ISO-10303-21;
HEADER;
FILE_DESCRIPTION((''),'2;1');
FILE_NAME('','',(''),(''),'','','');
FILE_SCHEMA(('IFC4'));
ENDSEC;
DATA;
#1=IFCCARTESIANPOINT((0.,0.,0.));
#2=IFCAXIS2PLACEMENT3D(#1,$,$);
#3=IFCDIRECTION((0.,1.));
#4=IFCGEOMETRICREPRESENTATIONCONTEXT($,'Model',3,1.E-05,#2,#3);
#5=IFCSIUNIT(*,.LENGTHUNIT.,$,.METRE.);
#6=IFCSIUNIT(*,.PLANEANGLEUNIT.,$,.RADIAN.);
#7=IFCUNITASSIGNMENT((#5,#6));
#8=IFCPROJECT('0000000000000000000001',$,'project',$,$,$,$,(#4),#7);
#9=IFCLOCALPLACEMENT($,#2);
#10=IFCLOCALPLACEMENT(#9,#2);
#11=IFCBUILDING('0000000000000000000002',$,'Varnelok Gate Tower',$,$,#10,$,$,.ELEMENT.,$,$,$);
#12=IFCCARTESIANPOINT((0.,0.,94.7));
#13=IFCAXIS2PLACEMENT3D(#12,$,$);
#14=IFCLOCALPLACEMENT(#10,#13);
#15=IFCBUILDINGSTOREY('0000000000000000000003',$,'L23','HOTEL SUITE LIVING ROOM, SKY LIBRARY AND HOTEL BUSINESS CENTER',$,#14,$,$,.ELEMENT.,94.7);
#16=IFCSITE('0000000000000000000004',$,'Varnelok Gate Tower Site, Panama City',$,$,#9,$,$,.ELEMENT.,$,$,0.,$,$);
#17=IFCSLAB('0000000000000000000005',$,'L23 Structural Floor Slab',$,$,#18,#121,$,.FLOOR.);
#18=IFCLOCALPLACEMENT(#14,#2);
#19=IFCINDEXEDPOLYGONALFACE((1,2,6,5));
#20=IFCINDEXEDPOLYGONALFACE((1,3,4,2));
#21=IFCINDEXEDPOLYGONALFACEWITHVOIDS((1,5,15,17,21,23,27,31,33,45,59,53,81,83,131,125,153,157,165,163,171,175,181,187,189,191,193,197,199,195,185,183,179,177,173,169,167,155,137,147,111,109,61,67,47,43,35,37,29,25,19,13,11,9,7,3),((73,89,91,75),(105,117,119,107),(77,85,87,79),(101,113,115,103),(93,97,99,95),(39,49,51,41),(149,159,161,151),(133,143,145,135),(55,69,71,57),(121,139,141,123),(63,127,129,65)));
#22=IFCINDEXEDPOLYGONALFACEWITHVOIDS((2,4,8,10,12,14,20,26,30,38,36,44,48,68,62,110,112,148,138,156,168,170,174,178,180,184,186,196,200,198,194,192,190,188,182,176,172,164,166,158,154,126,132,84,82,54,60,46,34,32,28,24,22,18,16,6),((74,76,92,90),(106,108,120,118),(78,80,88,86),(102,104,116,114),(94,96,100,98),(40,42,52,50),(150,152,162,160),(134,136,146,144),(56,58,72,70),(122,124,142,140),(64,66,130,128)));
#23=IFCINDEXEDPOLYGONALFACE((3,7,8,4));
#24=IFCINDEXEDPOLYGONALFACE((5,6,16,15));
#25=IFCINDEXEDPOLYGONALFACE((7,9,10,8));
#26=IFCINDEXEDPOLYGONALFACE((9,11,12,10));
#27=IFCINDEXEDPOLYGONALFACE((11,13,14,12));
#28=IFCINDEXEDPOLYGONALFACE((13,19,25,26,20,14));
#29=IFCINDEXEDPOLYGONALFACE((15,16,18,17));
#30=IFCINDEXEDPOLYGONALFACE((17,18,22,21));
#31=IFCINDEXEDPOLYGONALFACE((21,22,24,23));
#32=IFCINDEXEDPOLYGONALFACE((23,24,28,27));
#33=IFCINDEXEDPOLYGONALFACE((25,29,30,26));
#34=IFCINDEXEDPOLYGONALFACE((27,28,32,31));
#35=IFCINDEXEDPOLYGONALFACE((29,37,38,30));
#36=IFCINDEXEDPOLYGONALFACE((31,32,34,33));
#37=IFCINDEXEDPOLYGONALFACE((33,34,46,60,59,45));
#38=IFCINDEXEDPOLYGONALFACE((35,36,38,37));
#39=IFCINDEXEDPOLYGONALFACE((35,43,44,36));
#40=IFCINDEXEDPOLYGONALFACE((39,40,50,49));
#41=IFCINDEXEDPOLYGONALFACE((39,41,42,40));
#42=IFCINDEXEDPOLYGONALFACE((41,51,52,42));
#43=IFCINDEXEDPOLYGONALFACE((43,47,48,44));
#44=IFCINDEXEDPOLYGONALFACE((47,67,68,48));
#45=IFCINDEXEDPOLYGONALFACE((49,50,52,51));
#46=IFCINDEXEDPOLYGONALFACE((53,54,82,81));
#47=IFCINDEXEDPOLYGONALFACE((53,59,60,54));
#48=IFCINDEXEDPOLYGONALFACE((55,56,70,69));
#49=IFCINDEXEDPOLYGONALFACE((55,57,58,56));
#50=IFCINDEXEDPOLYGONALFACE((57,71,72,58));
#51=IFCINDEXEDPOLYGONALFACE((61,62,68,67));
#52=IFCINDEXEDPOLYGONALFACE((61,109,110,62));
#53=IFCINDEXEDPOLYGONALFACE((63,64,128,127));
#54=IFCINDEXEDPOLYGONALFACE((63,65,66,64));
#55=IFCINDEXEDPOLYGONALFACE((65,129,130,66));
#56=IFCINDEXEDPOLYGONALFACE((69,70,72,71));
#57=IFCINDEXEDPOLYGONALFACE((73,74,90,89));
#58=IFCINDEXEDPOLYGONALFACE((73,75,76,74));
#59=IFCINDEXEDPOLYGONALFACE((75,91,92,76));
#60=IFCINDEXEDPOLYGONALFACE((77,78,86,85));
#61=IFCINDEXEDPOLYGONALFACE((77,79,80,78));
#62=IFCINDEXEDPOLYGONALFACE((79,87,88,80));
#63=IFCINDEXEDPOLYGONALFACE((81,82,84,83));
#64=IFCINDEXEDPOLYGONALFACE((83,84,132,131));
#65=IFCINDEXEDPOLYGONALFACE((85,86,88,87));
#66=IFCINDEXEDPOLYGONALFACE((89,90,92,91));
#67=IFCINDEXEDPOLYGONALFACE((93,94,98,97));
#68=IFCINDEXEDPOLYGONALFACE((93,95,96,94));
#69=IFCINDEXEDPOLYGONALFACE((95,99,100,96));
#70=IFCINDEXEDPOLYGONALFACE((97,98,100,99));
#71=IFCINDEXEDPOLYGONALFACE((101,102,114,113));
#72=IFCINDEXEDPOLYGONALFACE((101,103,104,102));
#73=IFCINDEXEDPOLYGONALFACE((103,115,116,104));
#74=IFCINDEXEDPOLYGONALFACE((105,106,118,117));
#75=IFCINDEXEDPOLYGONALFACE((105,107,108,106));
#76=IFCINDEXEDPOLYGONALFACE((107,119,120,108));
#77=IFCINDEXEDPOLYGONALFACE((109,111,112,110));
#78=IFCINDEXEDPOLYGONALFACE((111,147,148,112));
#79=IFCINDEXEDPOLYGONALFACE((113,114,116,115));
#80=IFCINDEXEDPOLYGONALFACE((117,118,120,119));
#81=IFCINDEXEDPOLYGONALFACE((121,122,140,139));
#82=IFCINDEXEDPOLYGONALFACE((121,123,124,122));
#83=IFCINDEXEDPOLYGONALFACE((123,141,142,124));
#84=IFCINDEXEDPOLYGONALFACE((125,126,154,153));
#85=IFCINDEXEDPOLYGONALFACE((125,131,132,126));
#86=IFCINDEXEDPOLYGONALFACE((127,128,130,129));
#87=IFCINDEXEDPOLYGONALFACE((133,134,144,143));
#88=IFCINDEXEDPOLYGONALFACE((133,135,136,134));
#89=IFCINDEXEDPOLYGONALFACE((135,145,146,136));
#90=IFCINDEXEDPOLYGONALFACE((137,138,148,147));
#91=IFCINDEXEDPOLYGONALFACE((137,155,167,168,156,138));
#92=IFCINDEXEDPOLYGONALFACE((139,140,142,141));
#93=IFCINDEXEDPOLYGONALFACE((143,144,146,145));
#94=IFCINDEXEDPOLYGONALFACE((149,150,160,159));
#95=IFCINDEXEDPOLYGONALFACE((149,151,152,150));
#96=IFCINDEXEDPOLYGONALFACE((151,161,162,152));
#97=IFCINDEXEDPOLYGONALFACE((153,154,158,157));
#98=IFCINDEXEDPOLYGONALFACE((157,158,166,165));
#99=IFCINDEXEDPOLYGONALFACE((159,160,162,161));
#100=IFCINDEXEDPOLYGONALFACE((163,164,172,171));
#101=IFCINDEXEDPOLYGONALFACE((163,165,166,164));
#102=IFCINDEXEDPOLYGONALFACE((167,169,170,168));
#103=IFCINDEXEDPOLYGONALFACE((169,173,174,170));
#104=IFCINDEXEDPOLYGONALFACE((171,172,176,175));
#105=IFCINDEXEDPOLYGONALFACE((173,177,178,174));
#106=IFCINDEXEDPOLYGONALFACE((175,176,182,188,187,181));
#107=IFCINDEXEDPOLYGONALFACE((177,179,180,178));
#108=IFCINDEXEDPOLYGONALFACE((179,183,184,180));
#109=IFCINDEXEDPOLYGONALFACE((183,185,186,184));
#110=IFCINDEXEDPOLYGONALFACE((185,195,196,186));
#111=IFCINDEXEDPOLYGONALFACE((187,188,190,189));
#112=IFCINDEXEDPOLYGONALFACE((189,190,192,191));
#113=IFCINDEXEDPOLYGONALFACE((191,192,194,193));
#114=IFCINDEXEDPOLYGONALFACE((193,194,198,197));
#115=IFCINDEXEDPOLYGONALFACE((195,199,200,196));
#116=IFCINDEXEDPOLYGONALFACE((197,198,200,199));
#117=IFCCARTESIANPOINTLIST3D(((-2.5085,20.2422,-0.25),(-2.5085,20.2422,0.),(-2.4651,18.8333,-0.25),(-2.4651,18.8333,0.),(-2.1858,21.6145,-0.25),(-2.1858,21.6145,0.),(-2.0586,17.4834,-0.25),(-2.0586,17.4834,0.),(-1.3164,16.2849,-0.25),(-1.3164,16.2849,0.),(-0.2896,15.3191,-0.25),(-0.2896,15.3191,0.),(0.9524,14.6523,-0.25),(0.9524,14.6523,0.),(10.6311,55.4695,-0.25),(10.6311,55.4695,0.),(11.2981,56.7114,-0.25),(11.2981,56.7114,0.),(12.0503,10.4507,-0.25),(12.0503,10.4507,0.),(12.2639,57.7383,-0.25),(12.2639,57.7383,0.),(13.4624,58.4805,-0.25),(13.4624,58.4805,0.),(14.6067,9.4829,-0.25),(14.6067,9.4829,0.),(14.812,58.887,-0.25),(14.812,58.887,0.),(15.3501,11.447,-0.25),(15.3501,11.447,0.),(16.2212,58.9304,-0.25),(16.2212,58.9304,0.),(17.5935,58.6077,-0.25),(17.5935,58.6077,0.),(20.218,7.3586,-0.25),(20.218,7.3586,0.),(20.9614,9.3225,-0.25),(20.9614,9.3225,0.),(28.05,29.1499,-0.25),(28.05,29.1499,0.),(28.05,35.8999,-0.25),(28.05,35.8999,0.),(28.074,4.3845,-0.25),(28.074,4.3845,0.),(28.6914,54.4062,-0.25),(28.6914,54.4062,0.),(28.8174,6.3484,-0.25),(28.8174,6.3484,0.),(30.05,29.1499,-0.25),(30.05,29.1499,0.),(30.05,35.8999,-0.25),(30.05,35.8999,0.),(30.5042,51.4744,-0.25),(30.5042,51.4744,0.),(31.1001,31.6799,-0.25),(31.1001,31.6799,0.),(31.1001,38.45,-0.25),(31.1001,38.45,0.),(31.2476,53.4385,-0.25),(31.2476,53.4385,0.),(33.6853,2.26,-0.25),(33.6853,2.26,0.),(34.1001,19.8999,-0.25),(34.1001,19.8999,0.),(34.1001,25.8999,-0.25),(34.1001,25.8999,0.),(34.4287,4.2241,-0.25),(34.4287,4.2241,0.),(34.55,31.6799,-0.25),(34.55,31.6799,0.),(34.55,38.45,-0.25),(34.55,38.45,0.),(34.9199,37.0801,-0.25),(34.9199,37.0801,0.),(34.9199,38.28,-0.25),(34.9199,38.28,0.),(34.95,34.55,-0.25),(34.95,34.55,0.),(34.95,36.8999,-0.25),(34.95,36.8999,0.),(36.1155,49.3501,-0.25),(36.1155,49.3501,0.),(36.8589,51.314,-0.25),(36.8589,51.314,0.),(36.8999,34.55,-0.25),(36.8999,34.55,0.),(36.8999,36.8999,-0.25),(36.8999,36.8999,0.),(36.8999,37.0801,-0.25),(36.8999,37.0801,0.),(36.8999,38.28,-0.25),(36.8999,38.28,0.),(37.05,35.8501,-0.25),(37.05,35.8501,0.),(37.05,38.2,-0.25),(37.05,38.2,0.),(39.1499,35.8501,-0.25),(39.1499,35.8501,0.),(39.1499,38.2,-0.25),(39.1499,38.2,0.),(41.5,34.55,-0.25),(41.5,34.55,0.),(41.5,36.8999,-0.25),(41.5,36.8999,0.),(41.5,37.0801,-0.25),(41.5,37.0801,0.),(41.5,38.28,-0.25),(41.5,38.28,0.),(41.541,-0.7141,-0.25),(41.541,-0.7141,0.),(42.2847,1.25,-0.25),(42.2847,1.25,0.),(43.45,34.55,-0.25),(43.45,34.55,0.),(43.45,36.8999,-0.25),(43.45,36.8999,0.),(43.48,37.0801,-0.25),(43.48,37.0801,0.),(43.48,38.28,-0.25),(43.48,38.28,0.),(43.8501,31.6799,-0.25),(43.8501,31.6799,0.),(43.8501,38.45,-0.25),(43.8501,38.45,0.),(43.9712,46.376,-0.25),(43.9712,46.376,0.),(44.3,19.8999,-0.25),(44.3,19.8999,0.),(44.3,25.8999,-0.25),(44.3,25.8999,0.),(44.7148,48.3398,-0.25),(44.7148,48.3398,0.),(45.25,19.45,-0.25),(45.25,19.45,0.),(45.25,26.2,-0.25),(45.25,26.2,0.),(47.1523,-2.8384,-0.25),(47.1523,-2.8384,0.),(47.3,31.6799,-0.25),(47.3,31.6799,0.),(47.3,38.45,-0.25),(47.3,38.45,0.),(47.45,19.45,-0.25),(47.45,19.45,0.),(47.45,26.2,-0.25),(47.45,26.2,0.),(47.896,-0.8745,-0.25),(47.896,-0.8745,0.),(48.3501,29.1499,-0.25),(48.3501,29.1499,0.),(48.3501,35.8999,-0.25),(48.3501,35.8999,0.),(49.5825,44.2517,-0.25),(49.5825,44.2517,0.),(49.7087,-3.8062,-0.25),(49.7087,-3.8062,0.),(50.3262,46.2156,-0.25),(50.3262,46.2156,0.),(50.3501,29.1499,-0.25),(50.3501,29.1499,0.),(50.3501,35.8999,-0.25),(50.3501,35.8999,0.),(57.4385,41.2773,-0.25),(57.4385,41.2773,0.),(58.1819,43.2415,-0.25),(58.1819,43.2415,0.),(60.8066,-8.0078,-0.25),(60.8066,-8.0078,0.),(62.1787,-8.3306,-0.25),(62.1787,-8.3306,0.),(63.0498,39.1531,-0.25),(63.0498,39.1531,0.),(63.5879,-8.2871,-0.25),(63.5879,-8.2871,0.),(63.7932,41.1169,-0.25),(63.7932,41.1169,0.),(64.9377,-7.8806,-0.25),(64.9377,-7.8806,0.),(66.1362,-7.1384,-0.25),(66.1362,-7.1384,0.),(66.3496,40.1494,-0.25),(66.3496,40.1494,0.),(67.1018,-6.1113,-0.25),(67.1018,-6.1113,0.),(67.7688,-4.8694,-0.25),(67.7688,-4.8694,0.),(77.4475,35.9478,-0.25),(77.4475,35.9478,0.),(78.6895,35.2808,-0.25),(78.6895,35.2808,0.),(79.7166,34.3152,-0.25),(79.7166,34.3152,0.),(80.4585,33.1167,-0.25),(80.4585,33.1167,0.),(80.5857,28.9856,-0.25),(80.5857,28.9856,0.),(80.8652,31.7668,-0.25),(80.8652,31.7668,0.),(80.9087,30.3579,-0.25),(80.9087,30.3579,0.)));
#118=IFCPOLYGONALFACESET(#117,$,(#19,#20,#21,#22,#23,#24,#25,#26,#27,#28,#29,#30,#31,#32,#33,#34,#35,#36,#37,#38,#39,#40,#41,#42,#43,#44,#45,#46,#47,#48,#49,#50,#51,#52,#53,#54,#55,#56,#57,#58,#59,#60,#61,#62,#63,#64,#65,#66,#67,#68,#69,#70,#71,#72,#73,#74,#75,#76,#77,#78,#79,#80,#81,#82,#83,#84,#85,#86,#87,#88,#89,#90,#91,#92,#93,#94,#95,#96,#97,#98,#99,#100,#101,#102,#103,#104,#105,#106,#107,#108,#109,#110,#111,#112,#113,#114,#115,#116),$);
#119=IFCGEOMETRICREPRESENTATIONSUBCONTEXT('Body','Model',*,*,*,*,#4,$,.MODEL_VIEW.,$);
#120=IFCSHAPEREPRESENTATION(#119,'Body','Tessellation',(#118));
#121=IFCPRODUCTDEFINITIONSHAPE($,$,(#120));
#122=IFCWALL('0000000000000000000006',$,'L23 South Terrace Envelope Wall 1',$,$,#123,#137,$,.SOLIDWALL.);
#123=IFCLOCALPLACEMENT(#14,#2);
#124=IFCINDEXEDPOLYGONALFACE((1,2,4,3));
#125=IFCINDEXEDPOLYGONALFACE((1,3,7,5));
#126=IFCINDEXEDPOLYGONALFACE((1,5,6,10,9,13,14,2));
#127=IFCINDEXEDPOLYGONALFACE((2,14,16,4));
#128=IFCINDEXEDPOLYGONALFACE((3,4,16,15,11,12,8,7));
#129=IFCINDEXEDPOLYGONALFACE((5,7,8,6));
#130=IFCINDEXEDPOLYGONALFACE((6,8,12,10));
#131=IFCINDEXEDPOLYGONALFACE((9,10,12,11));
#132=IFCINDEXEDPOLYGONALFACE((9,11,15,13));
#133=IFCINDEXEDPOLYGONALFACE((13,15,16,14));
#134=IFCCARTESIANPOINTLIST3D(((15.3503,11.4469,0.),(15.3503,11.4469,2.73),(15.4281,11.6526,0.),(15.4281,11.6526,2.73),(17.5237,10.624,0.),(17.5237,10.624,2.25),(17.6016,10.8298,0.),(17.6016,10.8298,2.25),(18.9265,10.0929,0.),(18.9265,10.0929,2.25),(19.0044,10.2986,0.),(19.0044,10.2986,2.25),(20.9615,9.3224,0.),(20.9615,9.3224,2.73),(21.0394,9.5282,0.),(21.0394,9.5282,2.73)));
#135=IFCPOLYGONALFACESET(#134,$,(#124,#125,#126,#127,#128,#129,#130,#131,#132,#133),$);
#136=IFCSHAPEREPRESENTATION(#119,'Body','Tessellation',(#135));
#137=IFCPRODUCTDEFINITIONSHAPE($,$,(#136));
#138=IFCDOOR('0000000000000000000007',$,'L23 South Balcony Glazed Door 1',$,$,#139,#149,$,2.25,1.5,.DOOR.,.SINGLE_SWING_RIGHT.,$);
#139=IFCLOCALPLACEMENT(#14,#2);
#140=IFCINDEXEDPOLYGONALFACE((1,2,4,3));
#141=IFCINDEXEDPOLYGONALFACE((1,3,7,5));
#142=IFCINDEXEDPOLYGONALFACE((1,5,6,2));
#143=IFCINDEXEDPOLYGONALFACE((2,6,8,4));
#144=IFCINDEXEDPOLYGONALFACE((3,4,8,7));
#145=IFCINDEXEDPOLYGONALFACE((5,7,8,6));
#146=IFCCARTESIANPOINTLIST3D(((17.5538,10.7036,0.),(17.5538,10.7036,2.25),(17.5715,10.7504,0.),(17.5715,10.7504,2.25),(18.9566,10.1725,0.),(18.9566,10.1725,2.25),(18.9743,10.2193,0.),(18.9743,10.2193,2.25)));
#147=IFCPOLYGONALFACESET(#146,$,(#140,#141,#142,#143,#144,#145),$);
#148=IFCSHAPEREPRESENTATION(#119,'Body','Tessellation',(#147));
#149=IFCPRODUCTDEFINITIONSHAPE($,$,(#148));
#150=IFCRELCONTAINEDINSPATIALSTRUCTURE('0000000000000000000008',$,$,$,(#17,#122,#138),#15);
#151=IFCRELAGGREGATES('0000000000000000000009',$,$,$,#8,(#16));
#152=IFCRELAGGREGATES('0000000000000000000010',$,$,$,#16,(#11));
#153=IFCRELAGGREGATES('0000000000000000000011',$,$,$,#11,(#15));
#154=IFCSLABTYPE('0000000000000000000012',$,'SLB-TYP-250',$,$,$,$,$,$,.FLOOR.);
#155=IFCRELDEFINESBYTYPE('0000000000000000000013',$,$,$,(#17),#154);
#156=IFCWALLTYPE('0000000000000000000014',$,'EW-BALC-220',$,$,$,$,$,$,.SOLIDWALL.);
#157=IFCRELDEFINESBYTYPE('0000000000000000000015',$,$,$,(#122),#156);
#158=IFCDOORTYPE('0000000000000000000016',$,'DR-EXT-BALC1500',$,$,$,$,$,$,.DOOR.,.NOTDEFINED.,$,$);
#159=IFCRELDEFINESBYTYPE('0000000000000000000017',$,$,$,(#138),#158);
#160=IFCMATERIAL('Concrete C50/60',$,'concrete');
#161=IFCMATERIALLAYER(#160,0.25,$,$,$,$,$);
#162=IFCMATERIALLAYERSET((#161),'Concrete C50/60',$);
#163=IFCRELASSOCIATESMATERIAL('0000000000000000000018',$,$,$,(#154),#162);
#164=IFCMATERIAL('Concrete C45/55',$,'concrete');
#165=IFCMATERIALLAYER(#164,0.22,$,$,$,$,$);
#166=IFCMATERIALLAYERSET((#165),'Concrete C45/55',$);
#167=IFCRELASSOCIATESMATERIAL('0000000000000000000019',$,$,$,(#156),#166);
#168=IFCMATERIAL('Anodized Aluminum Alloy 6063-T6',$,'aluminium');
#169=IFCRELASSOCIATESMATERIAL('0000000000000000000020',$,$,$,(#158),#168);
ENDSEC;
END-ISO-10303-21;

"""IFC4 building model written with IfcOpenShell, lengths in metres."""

from ifc_helpers import new_model, si_unit, direction, frame, frame_2d, origin, place, context, subcontext, project, spatial, polyline, rectangle, outline, extrude, material, layer, layer_set, type_object, element, fill, save


model = new_model("IFC4")

# Units and contexts
model_context = context("Model", 3, precision=1e-05, world=origin(), true_north=direction((0.0, 1.0)))
body_context = subcontext(model_context, "Body", "Model", "MODEL_VIEW")
ifc_project = project(units=[si_unit("LENGTHUNIT", "METRE"), si_unit("PLANEANGLEUNIT", "RADIAN")], contexts=[model_context])

# Site, building, storey
site_placement = place(None, origin())
site = spatial("IfcSite", under=ifc_project, at=site_placement, Name="Varnelok Gate Tower Site, Panama City", CompositionType="ELEMENT", RefElevation=0.0)
building_placement = place(site_placement, origin())
building = spatial("IfcBuilding", under=site, at=building_placement, Name="Varnelok Gate Tower", CompositionType="ELEMENT")
storey_placement = place(building_placement, frame((0.0, 0.0, 94.7)))
storey = spatial("IfcBuildingStorey", under=building, at=storey_placement, Name="L23", Description="HOTEL SUITE LIVING ROOM, SKY LIBRARY AND HOTEL BUSINESS CENTER", CompositionType="ELEMENT", Elevation=94.7)

# Shared definitions
ifc_material_1 = material(Name="Concrete C45/55", Category="concrete")

# Shared definitions
ifc_material_2 = material(Name="Concrete C50/60", Category="concrete")

# Slab
ifc_layer_1 = layer(ifc_material_2, 0.25)
ifc_layer_set_1 = layer_set([ifc_layer_1], Name="Concrete C50/60")
slab_type_1 = type_object("IfcSlabType", Name="SLB-TYP-250", PredefinedType="FLOOR", material=ifc_layer_set_1)
slab_1_placement = place(storey_placement, frame((0.0, 0.0, -0.25)))
element("IfcSlab", 1, at=slab_1_placement, inside=storey, type_object=slab_type_1, Name="L23 Structural Floor Slab", PredefinedType="FLOOR", context=body_context, shape_type="SweptSolid", body=[
    extrude(outline(polyline([(-2.1858, 21.6145), (-2.5085, 20.2422), (-2.4651, 18.8333), (-2.0586, 17.4834), (-1.3164, 16.2849), (-0.2896, 15.3191), (0.9524, 14.6523), (12.0503, 10.4507), (14.6067, 9.4829), (15.3501, 11.447), (20.9614, 9.3225), (20.218, 7.3586), (28.074, 4.3845), (28.8174, 6.3484), (34.4287, 4.2241), (33.6853, 2.26), (41.541, -0.7141), (42.2847, 1.25), (47.896, -0.8745), (47.1523, -2.8384), (49.7087, -3.8062), (60.8066, -8.0078), (62.1787, -8.3306), (63.5879, -8.2871), (64.9377, -7.8806), (66.1362, -7.1384), (67.1018, -6.1113), (67.7688, -4.8694), (80.5857, 28.9856), (80.9087, 30.3579), (80.8652, 31.7668), (80.4585, 33.1167), (79.7166, 34.3152), (78.6895, 35.2808), (77.4475, 35.9478), (66.3496, 40.1494), (63.7932, 41.1169), (63.0498, 39.1531), (57.4385, 41.2773), (58.1819, 43.2415), (50.3262, 46.2156), (49.5825, 44.2517), (43.9712, 46.376), (44.7148, 48.3398), (36.8589, 51.314), (36.1155, 49.3501), (30.5042, 51.4744), (31.2476, 53.4385), (28.6914, 54.4062), (17.5935, 58.6077), (16.2212, 58.9304), (14.812, 58.887), (13.4624, 58.4805), (12.2639, 57.7383), (11.2981, 56.7114), (10.6311, 55.4695), (-2.1858, 21.6145)]), holes=[polyline([(34.55, 31.6799), (34.55, 38.45), (31.1001, 38.45), (31.1001, 31.6799), (34.55, 31.6799)]), polyline([(47.3, 31.6799), (47.3, 38.45), (43.8501, 38.45), (43.8501, 31.6799), (47.3, 31.6799)]), polyline([(34.95, 34.55), (36.8999, 34.55), (36.8999, 36.8999), (34.95, 36.8999), (34.95, 34.55)]), polyline([(41.5, 34.55), (43.45, 34.55), (43.45, 36.8999), (41.5, 36.8999), (41.5, 34.55)]), polyline([(37.05, 35.8501), (39.1499, 35.8501), (39.1499, 38.2), (37.05, 38.2), (37.05, 35.8501)]), polyline([(28.05, 29.1499), (30.05, 29.1499), (30.05, 35.8999), (28.05, 35.8999), (28.05, 29.1499)]), polyline([(48.3501, 29.1499), (50.3501, 29.1499), (50.3501, 35.8999), (48.3501, 35.8999), (48.3501, 29.1499)]), polyline([(45.25, 19.45), (47.45, 19.45), (47.45, 26.2), (45.25, 26.2), (45.25, 19.45)]), polyline([(34.9199, 37.0801), (36.8999, 37.0801), (36.8999, 38.28), (34.9199, 38.28), (34.9199, 37.0801)]), polyline([(41.5, 37.0801), (43.48, 37.0801), (43.48, 38.28), (41.5, 38.28), (41.5, 37.0801)]), polyline([(34.1001, 19.8999), (44.3, 19.8999), (44.3, 25.8999), (34.1001, 25.8999), (34.1001, 19.8999)])]), origin(), (0.0, 0.0, 1.0), 0.25),
])

# Wall, opening, door
ifc_layer_2 = layer(ifc_material_1, 0.22)
ifc_layer_set_2 = layer_set([ifc_layer_2], Name="Concrete C45/55")
wall_type_1 = type_object("IfcWallType", Name="EW-BALC-220", PredefinedType="SOLIDWALL", material=ifc_layer_set_2)
wall_1_placement = place(storey_placement, frame((21.0005, 9.4253, 0.0), z_axis=(0.0, 0.0, 1.0), x_axis=(-0.935214, 0.354083, 0.0)))
wall_1 = element("IfcWall", 2, at=wall_1_placement, inside=storey, type_object=wall_type_1, Name="L23 South Terrace Envelope Wall 1", PredefinedType="SOLIDWALL", context=body_context, shape_type="SweptSolid", body=[
    extrude(rectangle(XDim=6.0, YDim=0.22, at=frame_2d((3.0, 0.0))), origin(), (0.0, 0.0, 1.0), 2.73),
])
opening_1_placement = place(wall_1_placement, frame((2.176, 0.0, 0.0)))
opening_1 = element("IfcOpeningElement", 3, at=opening_1_placement, cuts=wall_1, PredefinedType="OPENING", context=body_context, shape_type="SweptSolid", body=[
    extrude(rectangle(XDim=1.5, YDim=2.25, at=frame_2d((0.75, 1.125))), frame((0.0, 0.1199, 0.0), z_axis=(0.0, -1.0, 0.0), x_axis=(1.0, 0.0, 0.0)), (0.0, 0.0, 1.0), 0.24),
])
ifc_material_3 = material(Name="Anodized Aluminum Alloy 6063-T6", Category="aluminium")
door_type_1 = type_object("IfcDoorType", Name="DR-EXT-BALC1500", OperationType="NOTDEFINED", PredefinedType="DOOR", material=ifc_material_3)
door_1_placement = place(opening_1_placement, origin())
door_1 = element("IfcDoor", 4, at=door_1_placement, inside=storey, type_object=door_type_1, Name="L23 South Balcony Glazed Door 1", OperationType="SINGLE_SWING_RIGHT", OverallHeight=2.25, OverallWidth=1.5, PredefinedType="DOOR", context=body_context, shape_type="SweptSolid", body=[
    extrude(rectangle(XDim=1.5, YDim=2.25, at=frame_2d((0.75, 1.125))), frame((0.0, 0.0249, 0.0), z_axis=(0.0, -1.0, 0.0), x_axis=(1.0, 0.0, 0.0)), (0.0, 0.0, 1.0), 0.05),
])
fill(opening_1, door_1)

save(model, "model.ifc")
